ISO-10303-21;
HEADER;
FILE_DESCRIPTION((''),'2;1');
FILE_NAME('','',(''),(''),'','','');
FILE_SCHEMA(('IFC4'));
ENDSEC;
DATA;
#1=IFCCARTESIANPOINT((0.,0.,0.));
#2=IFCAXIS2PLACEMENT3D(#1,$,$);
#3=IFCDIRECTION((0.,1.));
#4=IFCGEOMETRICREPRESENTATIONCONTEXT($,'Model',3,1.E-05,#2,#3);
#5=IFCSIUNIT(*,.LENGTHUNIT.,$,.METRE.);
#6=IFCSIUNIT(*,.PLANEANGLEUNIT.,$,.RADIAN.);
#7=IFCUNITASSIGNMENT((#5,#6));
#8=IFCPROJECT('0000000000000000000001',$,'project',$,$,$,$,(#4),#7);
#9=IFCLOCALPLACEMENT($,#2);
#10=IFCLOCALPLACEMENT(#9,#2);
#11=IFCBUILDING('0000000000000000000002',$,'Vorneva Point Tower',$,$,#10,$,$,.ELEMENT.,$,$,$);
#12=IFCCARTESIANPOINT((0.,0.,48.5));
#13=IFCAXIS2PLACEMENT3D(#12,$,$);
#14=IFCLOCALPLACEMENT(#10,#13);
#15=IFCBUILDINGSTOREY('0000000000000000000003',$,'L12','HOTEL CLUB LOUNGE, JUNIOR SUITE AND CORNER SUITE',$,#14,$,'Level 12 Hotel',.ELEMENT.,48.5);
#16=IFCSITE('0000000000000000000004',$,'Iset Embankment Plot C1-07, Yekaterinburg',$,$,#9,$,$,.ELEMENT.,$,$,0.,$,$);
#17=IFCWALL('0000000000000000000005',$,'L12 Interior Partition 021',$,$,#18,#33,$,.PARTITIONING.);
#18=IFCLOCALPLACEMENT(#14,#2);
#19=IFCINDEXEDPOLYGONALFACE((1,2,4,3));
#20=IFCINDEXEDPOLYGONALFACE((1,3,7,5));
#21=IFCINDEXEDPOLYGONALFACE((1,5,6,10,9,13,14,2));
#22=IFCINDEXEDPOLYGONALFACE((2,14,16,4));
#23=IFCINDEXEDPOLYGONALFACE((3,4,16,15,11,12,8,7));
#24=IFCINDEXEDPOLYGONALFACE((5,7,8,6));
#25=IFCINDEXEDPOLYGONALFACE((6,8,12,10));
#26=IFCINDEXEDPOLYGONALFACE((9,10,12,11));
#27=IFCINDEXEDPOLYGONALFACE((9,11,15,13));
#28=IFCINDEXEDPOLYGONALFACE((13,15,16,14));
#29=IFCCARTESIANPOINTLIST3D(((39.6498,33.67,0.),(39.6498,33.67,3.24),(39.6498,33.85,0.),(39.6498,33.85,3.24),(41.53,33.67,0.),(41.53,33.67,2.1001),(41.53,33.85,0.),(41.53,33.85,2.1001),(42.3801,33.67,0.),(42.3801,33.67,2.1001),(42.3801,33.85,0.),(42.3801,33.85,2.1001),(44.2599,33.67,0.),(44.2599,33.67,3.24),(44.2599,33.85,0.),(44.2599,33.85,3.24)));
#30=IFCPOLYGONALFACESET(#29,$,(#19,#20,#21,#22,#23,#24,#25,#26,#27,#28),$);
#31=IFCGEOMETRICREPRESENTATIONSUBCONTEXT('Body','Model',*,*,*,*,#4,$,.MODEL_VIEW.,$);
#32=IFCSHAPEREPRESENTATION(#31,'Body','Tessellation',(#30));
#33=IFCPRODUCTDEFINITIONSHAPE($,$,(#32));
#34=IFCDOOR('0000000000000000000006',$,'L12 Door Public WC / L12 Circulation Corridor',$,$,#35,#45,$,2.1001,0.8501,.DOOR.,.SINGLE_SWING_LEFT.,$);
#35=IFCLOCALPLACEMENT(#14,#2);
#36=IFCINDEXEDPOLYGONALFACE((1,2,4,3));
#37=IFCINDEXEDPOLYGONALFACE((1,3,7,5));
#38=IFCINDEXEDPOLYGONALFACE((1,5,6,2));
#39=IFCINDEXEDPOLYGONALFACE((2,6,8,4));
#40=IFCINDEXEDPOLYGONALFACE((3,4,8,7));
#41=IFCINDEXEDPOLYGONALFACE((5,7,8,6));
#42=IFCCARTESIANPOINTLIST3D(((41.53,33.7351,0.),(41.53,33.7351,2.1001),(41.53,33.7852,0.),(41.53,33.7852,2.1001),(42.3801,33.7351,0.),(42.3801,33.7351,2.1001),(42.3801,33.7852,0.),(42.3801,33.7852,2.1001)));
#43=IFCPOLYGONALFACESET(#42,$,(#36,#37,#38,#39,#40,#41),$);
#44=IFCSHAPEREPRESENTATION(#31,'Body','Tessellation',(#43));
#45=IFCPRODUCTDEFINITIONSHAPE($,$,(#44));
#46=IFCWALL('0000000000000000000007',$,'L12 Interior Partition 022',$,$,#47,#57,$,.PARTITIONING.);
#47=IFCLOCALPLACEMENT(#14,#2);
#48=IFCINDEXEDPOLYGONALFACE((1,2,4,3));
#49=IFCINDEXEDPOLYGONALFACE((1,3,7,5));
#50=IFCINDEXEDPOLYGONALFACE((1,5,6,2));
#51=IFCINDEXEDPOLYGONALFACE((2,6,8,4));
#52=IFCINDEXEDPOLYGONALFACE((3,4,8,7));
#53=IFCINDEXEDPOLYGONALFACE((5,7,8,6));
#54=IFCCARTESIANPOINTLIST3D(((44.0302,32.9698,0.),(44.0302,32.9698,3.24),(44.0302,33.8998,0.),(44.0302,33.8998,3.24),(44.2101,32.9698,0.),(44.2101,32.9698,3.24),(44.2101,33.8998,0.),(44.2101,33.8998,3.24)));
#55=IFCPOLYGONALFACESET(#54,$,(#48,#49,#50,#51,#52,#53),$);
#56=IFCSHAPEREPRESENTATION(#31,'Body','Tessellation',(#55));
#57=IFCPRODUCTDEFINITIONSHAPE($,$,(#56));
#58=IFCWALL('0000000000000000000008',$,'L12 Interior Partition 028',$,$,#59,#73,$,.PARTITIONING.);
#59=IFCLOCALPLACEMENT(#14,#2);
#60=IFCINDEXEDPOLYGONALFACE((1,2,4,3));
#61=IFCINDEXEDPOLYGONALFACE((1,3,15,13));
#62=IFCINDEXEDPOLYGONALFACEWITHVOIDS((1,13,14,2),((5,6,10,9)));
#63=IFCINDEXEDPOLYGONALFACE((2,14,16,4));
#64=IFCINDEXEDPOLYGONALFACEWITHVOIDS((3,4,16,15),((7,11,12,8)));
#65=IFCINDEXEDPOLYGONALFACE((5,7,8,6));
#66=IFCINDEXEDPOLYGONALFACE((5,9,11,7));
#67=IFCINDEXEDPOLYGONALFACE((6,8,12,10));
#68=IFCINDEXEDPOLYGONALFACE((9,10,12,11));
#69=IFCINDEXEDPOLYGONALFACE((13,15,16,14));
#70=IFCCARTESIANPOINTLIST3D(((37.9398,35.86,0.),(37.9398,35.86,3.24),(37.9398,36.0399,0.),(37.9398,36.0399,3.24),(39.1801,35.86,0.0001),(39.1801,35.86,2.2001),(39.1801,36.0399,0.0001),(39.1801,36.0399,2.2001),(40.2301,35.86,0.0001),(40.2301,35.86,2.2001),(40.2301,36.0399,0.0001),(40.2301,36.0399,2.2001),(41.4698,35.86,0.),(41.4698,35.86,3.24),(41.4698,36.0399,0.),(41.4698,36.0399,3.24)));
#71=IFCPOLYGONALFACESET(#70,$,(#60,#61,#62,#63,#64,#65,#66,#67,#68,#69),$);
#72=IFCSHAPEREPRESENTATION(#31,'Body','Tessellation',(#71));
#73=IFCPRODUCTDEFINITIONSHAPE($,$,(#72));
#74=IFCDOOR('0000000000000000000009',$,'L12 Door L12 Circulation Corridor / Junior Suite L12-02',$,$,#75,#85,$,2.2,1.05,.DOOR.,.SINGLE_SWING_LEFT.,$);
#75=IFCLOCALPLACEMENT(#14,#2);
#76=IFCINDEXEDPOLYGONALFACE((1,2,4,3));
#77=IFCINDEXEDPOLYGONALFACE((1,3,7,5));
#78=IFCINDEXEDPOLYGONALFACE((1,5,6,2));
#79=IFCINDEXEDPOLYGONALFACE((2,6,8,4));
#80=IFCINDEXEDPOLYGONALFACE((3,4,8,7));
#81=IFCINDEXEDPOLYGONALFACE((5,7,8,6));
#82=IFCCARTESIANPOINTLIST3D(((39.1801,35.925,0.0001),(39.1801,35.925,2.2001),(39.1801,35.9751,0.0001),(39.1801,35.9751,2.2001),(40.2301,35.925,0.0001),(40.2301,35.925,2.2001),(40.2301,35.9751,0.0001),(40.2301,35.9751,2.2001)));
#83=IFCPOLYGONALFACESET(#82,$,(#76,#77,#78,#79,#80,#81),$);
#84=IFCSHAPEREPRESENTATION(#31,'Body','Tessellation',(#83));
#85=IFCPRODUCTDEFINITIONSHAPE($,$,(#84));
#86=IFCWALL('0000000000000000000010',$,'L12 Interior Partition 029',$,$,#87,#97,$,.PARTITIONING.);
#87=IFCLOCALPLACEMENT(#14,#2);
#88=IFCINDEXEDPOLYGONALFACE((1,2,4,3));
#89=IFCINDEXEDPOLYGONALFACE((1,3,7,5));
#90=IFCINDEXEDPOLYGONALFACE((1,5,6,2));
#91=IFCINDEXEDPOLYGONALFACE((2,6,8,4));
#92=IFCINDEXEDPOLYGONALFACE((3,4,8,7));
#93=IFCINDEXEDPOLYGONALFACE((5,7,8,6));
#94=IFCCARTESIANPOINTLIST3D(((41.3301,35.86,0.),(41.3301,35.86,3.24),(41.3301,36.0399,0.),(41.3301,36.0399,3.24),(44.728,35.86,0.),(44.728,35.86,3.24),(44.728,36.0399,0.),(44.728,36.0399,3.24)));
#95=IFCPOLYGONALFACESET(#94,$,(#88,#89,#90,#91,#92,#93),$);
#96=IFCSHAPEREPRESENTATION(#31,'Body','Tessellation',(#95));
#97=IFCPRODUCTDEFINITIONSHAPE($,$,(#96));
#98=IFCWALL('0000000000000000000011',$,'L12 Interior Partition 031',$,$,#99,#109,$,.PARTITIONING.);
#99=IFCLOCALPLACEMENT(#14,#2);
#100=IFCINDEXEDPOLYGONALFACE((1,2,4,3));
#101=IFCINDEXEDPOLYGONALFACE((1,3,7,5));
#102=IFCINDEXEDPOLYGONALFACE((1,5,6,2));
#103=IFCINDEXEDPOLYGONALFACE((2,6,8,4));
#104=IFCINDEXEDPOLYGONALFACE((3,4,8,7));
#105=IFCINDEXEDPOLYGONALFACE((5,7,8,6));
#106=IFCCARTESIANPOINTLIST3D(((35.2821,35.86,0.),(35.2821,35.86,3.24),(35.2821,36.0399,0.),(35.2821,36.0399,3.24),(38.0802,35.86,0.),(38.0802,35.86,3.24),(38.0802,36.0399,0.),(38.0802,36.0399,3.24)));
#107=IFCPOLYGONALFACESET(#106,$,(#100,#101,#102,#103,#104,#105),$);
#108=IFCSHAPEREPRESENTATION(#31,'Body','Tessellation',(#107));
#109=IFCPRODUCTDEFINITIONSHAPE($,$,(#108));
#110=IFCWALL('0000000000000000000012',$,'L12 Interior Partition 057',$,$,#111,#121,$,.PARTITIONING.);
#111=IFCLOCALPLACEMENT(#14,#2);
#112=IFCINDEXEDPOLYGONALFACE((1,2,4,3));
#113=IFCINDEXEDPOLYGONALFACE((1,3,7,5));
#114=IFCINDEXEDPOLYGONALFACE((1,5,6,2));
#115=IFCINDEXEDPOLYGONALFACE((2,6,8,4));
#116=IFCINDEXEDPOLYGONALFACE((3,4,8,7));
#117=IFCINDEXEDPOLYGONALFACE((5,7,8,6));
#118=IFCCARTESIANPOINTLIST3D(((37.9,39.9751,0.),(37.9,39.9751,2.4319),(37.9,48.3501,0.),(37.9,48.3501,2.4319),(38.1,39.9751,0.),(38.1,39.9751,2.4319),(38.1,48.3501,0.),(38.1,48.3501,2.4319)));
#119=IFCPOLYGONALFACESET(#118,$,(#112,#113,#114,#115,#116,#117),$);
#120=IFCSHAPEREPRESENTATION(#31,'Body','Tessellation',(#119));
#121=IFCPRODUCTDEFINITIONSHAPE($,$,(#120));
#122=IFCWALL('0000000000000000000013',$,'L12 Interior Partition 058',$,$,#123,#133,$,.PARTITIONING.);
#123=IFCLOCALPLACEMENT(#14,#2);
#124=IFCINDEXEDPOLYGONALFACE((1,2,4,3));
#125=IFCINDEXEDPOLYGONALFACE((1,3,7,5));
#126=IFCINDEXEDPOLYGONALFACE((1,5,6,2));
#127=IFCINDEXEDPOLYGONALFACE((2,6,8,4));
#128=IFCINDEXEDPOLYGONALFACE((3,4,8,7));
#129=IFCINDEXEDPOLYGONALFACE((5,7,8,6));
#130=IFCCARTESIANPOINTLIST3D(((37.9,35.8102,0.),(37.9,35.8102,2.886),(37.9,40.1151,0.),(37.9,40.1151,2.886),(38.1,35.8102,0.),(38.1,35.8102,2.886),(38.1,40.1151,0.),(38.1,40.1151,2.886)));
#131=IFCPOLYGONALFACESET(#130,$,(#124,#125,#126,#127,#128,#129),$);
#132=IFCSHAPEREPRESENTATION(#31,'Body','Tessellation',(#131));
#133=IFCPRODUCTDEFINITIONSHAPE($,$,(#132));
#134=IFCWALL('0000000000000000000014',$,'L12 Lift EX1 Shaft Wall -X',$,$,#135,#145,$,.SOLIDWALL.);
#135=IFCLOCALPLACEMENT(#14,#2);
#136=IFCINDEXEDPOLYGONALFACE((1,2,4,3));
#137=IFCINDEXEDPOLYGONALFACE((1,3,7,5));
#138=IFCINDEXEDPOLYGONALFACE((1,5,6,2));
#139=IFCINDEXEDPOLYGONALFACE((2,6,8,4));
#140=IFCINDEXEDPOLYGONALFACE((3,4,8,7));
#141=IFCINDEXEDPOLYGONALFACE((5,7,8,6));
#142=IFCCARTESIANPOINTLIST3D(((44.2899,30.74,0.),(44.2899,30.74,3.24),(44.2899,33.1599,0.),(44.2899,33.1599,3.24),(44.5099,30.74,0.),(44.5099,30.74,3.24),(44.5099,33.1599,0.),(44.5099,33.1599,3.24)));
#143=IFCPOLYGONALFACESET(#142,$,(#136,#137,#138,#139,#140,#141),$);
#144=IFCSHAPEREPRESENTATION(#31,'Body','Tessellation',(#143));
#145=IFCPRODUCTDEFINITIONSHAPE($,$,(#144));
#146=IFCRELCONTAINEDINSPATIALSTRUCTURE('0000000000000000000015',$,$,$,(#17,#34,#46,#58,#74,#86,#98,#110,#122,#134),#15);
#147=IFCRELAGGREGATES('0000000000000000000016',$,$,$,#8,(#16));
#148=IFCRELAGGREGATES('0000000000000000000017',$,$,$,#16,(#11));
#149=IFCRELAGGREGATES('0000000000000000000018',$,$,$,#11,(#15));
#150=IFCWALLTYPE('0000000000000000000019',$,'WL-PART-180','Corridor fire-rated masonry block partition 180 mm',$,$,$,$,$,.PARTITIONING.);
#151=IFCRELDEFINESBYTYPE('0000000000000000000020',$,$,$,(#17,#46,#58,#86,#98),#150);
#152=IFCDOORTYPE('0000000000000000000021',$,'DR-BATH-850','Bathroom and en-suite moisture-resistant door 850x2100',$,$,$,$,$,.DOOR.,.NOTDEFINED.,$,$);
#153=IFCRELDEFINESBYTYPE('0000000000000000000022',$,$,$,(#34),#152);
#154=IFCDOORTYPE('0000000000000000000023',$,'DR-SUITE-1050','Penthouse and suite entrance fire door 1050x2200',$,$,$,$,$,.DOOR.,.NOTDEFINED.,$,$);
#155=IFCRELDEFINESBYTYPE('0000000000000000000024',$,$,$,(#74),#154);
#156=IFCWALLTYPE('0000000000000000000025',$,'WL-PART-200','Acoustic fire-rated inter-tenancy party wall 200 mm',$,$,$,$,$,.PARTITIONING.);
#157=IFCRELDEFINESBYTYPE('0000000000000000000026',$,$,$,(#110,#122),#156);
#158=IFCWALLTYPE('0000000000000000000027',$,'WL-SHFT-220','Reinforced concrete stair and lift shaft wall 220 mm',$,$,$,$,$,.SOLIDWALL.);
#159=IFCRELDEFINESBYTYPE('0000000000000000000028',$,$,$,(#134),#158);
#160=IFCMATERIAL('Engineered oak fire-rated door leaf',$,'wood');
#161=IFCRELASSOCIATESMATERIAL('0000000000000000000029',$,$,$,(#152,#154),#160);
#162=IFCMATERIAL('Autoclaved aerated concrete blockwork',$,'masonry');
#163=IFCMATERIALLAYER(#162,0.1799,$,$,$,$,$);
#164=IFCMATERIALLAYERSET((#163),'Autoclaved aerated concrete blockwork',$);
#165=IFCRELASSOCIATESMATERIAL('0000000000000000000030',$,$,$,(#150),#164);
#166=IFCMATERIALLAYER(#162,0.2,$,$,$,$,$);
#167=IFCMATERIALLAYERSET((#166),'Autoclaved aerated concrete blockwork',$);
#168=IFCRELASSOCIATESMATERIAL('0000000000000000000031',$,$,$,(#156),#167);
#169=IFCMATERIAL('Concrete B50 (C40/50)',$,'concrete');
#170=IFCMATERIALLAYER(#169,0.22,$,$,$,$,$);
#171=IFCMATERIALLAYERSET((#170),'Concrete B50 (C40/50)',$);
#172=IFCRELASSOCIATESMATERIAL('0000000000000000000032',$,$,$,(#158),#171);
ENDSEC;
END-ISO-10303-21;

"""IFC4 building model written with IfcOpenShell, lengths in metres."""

from ifc_helpers import new_model, si_unit, direction, frame, frame_2d, origin, place, context, subcontext, project, spatial, rectangle, extrude, material, layer, layer_set, type_object, element, fill, save


model = new_model("IFC4")

# Units and contexts
model_context = context("Model", 3, precision=1e-05, world=origin(), true_north=direction((0.0, 1.0)))
body_context = subcontext(model_context, "Body", "Model", "MODEL_VIEW")
ifc_project = project(units=[si_unit("LENGTHUNIT", "METRE"), si_unit("PLANEANGLEUNIT", "RADIAN")], contexts=[model_context])

# Site, building, storey
site_placement = place(None, origin())
site = spatial("IfcSite", under=ifc_project, at=site_placement, Name="Iset Embankment Plot C1-07, Yekaterinburg", CompositionType="ELEMENT", RefElevation=0.0)
building_placement = place(site_placement, origin())
building = spatial("IfcBuilding", under=site, at=building_placement, Name="Vorneva Point Tower", CompositionType="ELEMENT")
storey_placement = place(building_placement, frame((0.0, 0.0, 48.5)))
storey = spatial("IfcBuildingStorey", under=building, at=storey_placement, Name="L12", Description="HOTEL CLUB LOUNGE, JUNIOR SUITE AND CORNER SUITE", LongName="Level 12 Hotel", CompositionType="ELEMENT", Elevation=48.5)

# Shared definitions
ifc_material_1 = material(Name="Engineered oak fire-rated door leaf", Category="wood")
door_type_1 = type_object("IfcDoorType", Name="DR-BATH-850", Description="Bathroom and en-suite moisture-resistant door 850x2100", OperationType="NOTDEFINED", PredefinedType="DOOR", material=ifc_material_1)

# Wall, opening, door
ifc_material_2 = material(Name="Autoclaved aerated concrete blockwork", Category="masonry")
ifc_layer_1 = layer(ifc_material_2, 0.1799)
ifc_layer_set_1 = layer_set([ifc_layer_1], Name="Autoclaved aerated concrete blockwork")
wall_type_1 = type_object("IfcWallType", Name="WL-PART-180", Description="Corridor fire-rated masonry block partition 180 mm", PredefinedType="PARTITIONING", material=ifc_layer_set_1)
wall_1_placement = place(storey_placement, frame((44.26, 33.76, 0.0), z_axis=(0.0, 0.0, 1.0), x_axis=(-1.0, 0.0, 0.0)))
wall_1 = element("IfcWall", 1, at=wall_1_placement, inside=storey, type_object=wall_type_1, Name="L12 Interior Partition 021", PredefinedType="PARTITIONING", context=body_context, shape_type="SweptSolid", body=[
    extrude(rectangle(XDim=4.6101, YDim=0.1799, at=frame_2d((2.3052, 0.0))), origin(), (0.0, 0.0, 1.0), 3.24),
])
opening_1_placement = place(wall_1_placement, frame((1.8799, 0.0, 0.0)))
opening_1 = element("IfcOpeningElement", 2, at=opening_1_placement, cuts=wall_1, PredefinedType="OPENING", context=body_context, shape_type="SweptSolid", body=[
    extrude(rectangle(XDim=0.8501, YDim=2.1001, at=frame_2d((0.425, 1.05))), frame((0.0, 0.105, 0.0), z_axis=(0.0, -1.0, 0.0), x_axis=(1.0, 0.0, 0.0)), (0.0, 0.0, 1.0), 0.2097),
])
door_1_placement = place(opening_1_placement, origin())
door_1 = element("IfcDoor", 3, at=door_1_placement, inside=storey, type_object=door_type_1, Name="L12 Door Public WC / L12 Circulation Corridor", OperationType="SINGLE_SWING_LEFT", OverallHeight=2.1001, OverallWidth=0.8501, PredefinedType="DOOR", context=body_context, shape_type="SweptSolid", body=[
    extrude(rectangle(XDim=0.8501, YDim=2.1001, at=frame_2d((0.425, 1.05))), frame((0.0, 0.0249, 0.0), z_axis=(0.0, -1.0, 0.0), x_axis=(1.0, 0.0, 0.0)), (0.0, 0.0, 1.0), 0.05),
])
fill(opening_1, door_1)

# Wall
wall_2_placement = place(storey_placement, frame((44.1201, 32.97, 0.0), z_axis=(0.0, 0.0, 1.0), x_axis=(0.0, 1.0, 0.0)))
element("IfcWall", 4, at=wall_2_placement, inside=storey, type_object=wall_type_1, Name="L12 Interior Partition 022", PredefinedType="PARTITIONING", context=body_context, shape_type="SweptSolid", body=[
    extrude(rectangle(XDim=0.9299, YDim=0.1799, at=frame_2d((0.4648, 0.0))), origin(), (0.0, 0.0, 1.0), 3.24),
])

# Wall, opening, door
wall_3_placement = place(storey_placement, frame((41.47, 35.95, 0.0), z_axis=(0.0, 0.0, 1.0), x_axis=(-1.0, 0.0, 0.0)))
wall_3 = element("IfcWall", 5, at=wall_3_placement, inside=storey, type_object=wall_type_1, Name="L12 Interior Partition 028", PredefinedType="PARTITIONING", context=body_context, shape_type="SweptSolid", body=[
    extrude(rectangle(XDim=3.53, YDim=0.1799, at=frame_2d((1.7651, 0.0))), origin(), (0.0, 0.0, 1.0), 3.24),
])
opening_2_placement = place(wall_3_placement, frame((1.24, 0.0, 0.0)))
opening_2 = element("IfcOpeningElement", 6, at=opening_2_placement, cuts=wall_3, PredefinedType="OPENING", context=body_context, shape_type="SweptSolid", body=[
    extrude(rectangle(XDim=1.05, YDim=2.2, at=frame_2d((0.5249, 1.1001))), frame((0.0, 0.105, 0.0), z_axis=(0.0, -1.0, 0.0), x_axis=(1.0, 0.0, 0.0)), (0.0, 0.0, 1.0), 0.2097),
])
door_type_2 = type_object("IfcDoorType", Name="DR-SUITE-1050", Description="Penthouse and suite entrance fire door 1050x2200", OperationType="NOTDEFINED", PredefinedType="DOOR", material=ifc_material_1)
door_2_placement = place(opening_2_placement, origin())
door_2 = element("IfcDoor", 7, at=door_2_placement, inside=storey, type_object=door_type_2, Name="L12 Door L12 Circulation Corridor / Junior Suite L12-02", OperationType="SINGLE_SWING_LEFT", OverallHeight=2.2, OverallWidth=1.05, PredefinedType="DOOR", context=body_context, shape_type="SweptSolid", body=[
    extrude(rectangle(XDim=1.05, YDim=2.2, at=frame_2d((0.5249, 1.1001))), frame((0.0, 0.0249, 0.0), z_axis=(0.0, -1.0, 0.0), x_axis=(1.0, 0.0, 0.0)), (0.0, 0.0, 1.0), 0.05),
])
fill(opening_2, door_2)

# Walls
wall_4_placement = place(storey_placement, frame((44.728, 35.95, 0.0), z_axis=(0.0, 0.0, 1.0), x_axis=(-1.0, 0.0, 0.0)))
element("IfcWall", 8, at=wall_4_placement, inside=storey, type_object=wall_type_1, Name="L12 Interior Partition 029", PredefinedType="PARTITIONING", context=body_context, shape_type="SweptSolid", body=[
    extrude(rectangle(XDim=3.3979, YDim=0.1799, at=frame_2d((1.699, 0.0))), origin(), (0.0, 0.0, 1.0), 3.24),
])
wall_5_placement = place(storey_placement, frame((38.0801, 35.95, 0.0), z_axis=(0.0, 0.0, 1.0), x_axis=(-1.0, 0.0, 0.0)))
element("IfcWall", 9, at=wall_5_placement, inside=storey, type_object=wall_type_1, Name="L12 Interior Partition 031", PredefinedType="PARTITIONING", context=body_context, shape_type="SweptSolid", body=[
    extrude(rectangle(XDim=2.7981, YDim=0.1799, at=frame_2d((1.3989, 0.0))), origin(), (0.0, 0.0, 1.0), 3.24),
])
ifc_layer_2 = layer(ifc_material_2, 0.2)
ifc_layer_set_2 = layer_set([ifc_layer_2], Name="Autoclaved aerated concrete blockwork")
wall_type_2 = type_object("IfcWallType", Name="WL-PART-200", Description="Acoustic fire-rated inter-tenancy party wall 200 mm", PredefinedType="PARTITIONING", material=ifc_layer_set_2)
wall_6_placement = place(storey_placement, frame((38.0, 48.3501, 0.0), z_axis=(0.0, 0.0, 1.0), x_axis=(0.0, -1.0, 0.0)))
element("IfcWall", 10, at=wall_6_placement, inside=storey, type_object=wall_type_2, Name="L12 Interior Partition 057", PredefinedType="PARTITIONING", context=body_context, shape_type="SweptSolid", body=[
    extrude(rectangle(XDim=8.375, YDim=0.2, at=frame_2d((4.1875, 0.0))), origin(), (0.0, 0.0, 1.0), 2.4319),
])
wall_7_placement = place(storey_placement, frame((38.0, 40.115, 0.0), z_axis=(0.0, 0.0, 1.0), x_axis=(0.0, -1.0, 0.0)))
element("IfcWall", 11, at=wall_7_placement, inside=storey, type_object=wall_type_2, Name="L12 Interior Partition 058", PredefinedType="PARTITIONING", context=body_context, shape_type="SweptSolid", body=[
    extrude(rectangle(XDim=4.3049, YDim=0.2, at=frame_2d((2.1523, 0.0))), origin(), (0.0, 0.0, 1.0), 2.886),
])
ifc_material_3 = material(Name="Concrete B50 (C40/50)", Category="concrete")
ifc_layer_3 = layer(ifc_material_3, 0.22)
ifc_layer_set_3 = layer_set([ifc_layer_3], Name="Concrete B50 (C40/50)")
wall_type_3 = type_object("IfcWallType", Name="WL-SHFT-220", Description="Reinforced concrete stair and lift shaft wall 220 mm", PredefinedType="SOLIDWALL", material=ifc_layer_set_3)
wall_8_placement = place(storey_placement, frame((44.3999, 33.1599, 0.0), z_axis=(0.0, 0.0, 1.0), x_axis=(0.0, -1.0, 0.0)))
element("IfcWall", 12, at=wall_8_placement, inside=storey, type_object=wall_type_3, Name="L12 Lift EX1 Shaft Wall -X", PredefinedType="SOLIDWALL", context=body_context, shape_type="SweptSolid", body=[
    extrude(rectangle(XDim=2.4199, YDim=0.22, at=frame_2d((1.21, 0.0))), origin(), (0.0, 0.0, 1.0), 3.24),
])

save(model, "model.ifc")
